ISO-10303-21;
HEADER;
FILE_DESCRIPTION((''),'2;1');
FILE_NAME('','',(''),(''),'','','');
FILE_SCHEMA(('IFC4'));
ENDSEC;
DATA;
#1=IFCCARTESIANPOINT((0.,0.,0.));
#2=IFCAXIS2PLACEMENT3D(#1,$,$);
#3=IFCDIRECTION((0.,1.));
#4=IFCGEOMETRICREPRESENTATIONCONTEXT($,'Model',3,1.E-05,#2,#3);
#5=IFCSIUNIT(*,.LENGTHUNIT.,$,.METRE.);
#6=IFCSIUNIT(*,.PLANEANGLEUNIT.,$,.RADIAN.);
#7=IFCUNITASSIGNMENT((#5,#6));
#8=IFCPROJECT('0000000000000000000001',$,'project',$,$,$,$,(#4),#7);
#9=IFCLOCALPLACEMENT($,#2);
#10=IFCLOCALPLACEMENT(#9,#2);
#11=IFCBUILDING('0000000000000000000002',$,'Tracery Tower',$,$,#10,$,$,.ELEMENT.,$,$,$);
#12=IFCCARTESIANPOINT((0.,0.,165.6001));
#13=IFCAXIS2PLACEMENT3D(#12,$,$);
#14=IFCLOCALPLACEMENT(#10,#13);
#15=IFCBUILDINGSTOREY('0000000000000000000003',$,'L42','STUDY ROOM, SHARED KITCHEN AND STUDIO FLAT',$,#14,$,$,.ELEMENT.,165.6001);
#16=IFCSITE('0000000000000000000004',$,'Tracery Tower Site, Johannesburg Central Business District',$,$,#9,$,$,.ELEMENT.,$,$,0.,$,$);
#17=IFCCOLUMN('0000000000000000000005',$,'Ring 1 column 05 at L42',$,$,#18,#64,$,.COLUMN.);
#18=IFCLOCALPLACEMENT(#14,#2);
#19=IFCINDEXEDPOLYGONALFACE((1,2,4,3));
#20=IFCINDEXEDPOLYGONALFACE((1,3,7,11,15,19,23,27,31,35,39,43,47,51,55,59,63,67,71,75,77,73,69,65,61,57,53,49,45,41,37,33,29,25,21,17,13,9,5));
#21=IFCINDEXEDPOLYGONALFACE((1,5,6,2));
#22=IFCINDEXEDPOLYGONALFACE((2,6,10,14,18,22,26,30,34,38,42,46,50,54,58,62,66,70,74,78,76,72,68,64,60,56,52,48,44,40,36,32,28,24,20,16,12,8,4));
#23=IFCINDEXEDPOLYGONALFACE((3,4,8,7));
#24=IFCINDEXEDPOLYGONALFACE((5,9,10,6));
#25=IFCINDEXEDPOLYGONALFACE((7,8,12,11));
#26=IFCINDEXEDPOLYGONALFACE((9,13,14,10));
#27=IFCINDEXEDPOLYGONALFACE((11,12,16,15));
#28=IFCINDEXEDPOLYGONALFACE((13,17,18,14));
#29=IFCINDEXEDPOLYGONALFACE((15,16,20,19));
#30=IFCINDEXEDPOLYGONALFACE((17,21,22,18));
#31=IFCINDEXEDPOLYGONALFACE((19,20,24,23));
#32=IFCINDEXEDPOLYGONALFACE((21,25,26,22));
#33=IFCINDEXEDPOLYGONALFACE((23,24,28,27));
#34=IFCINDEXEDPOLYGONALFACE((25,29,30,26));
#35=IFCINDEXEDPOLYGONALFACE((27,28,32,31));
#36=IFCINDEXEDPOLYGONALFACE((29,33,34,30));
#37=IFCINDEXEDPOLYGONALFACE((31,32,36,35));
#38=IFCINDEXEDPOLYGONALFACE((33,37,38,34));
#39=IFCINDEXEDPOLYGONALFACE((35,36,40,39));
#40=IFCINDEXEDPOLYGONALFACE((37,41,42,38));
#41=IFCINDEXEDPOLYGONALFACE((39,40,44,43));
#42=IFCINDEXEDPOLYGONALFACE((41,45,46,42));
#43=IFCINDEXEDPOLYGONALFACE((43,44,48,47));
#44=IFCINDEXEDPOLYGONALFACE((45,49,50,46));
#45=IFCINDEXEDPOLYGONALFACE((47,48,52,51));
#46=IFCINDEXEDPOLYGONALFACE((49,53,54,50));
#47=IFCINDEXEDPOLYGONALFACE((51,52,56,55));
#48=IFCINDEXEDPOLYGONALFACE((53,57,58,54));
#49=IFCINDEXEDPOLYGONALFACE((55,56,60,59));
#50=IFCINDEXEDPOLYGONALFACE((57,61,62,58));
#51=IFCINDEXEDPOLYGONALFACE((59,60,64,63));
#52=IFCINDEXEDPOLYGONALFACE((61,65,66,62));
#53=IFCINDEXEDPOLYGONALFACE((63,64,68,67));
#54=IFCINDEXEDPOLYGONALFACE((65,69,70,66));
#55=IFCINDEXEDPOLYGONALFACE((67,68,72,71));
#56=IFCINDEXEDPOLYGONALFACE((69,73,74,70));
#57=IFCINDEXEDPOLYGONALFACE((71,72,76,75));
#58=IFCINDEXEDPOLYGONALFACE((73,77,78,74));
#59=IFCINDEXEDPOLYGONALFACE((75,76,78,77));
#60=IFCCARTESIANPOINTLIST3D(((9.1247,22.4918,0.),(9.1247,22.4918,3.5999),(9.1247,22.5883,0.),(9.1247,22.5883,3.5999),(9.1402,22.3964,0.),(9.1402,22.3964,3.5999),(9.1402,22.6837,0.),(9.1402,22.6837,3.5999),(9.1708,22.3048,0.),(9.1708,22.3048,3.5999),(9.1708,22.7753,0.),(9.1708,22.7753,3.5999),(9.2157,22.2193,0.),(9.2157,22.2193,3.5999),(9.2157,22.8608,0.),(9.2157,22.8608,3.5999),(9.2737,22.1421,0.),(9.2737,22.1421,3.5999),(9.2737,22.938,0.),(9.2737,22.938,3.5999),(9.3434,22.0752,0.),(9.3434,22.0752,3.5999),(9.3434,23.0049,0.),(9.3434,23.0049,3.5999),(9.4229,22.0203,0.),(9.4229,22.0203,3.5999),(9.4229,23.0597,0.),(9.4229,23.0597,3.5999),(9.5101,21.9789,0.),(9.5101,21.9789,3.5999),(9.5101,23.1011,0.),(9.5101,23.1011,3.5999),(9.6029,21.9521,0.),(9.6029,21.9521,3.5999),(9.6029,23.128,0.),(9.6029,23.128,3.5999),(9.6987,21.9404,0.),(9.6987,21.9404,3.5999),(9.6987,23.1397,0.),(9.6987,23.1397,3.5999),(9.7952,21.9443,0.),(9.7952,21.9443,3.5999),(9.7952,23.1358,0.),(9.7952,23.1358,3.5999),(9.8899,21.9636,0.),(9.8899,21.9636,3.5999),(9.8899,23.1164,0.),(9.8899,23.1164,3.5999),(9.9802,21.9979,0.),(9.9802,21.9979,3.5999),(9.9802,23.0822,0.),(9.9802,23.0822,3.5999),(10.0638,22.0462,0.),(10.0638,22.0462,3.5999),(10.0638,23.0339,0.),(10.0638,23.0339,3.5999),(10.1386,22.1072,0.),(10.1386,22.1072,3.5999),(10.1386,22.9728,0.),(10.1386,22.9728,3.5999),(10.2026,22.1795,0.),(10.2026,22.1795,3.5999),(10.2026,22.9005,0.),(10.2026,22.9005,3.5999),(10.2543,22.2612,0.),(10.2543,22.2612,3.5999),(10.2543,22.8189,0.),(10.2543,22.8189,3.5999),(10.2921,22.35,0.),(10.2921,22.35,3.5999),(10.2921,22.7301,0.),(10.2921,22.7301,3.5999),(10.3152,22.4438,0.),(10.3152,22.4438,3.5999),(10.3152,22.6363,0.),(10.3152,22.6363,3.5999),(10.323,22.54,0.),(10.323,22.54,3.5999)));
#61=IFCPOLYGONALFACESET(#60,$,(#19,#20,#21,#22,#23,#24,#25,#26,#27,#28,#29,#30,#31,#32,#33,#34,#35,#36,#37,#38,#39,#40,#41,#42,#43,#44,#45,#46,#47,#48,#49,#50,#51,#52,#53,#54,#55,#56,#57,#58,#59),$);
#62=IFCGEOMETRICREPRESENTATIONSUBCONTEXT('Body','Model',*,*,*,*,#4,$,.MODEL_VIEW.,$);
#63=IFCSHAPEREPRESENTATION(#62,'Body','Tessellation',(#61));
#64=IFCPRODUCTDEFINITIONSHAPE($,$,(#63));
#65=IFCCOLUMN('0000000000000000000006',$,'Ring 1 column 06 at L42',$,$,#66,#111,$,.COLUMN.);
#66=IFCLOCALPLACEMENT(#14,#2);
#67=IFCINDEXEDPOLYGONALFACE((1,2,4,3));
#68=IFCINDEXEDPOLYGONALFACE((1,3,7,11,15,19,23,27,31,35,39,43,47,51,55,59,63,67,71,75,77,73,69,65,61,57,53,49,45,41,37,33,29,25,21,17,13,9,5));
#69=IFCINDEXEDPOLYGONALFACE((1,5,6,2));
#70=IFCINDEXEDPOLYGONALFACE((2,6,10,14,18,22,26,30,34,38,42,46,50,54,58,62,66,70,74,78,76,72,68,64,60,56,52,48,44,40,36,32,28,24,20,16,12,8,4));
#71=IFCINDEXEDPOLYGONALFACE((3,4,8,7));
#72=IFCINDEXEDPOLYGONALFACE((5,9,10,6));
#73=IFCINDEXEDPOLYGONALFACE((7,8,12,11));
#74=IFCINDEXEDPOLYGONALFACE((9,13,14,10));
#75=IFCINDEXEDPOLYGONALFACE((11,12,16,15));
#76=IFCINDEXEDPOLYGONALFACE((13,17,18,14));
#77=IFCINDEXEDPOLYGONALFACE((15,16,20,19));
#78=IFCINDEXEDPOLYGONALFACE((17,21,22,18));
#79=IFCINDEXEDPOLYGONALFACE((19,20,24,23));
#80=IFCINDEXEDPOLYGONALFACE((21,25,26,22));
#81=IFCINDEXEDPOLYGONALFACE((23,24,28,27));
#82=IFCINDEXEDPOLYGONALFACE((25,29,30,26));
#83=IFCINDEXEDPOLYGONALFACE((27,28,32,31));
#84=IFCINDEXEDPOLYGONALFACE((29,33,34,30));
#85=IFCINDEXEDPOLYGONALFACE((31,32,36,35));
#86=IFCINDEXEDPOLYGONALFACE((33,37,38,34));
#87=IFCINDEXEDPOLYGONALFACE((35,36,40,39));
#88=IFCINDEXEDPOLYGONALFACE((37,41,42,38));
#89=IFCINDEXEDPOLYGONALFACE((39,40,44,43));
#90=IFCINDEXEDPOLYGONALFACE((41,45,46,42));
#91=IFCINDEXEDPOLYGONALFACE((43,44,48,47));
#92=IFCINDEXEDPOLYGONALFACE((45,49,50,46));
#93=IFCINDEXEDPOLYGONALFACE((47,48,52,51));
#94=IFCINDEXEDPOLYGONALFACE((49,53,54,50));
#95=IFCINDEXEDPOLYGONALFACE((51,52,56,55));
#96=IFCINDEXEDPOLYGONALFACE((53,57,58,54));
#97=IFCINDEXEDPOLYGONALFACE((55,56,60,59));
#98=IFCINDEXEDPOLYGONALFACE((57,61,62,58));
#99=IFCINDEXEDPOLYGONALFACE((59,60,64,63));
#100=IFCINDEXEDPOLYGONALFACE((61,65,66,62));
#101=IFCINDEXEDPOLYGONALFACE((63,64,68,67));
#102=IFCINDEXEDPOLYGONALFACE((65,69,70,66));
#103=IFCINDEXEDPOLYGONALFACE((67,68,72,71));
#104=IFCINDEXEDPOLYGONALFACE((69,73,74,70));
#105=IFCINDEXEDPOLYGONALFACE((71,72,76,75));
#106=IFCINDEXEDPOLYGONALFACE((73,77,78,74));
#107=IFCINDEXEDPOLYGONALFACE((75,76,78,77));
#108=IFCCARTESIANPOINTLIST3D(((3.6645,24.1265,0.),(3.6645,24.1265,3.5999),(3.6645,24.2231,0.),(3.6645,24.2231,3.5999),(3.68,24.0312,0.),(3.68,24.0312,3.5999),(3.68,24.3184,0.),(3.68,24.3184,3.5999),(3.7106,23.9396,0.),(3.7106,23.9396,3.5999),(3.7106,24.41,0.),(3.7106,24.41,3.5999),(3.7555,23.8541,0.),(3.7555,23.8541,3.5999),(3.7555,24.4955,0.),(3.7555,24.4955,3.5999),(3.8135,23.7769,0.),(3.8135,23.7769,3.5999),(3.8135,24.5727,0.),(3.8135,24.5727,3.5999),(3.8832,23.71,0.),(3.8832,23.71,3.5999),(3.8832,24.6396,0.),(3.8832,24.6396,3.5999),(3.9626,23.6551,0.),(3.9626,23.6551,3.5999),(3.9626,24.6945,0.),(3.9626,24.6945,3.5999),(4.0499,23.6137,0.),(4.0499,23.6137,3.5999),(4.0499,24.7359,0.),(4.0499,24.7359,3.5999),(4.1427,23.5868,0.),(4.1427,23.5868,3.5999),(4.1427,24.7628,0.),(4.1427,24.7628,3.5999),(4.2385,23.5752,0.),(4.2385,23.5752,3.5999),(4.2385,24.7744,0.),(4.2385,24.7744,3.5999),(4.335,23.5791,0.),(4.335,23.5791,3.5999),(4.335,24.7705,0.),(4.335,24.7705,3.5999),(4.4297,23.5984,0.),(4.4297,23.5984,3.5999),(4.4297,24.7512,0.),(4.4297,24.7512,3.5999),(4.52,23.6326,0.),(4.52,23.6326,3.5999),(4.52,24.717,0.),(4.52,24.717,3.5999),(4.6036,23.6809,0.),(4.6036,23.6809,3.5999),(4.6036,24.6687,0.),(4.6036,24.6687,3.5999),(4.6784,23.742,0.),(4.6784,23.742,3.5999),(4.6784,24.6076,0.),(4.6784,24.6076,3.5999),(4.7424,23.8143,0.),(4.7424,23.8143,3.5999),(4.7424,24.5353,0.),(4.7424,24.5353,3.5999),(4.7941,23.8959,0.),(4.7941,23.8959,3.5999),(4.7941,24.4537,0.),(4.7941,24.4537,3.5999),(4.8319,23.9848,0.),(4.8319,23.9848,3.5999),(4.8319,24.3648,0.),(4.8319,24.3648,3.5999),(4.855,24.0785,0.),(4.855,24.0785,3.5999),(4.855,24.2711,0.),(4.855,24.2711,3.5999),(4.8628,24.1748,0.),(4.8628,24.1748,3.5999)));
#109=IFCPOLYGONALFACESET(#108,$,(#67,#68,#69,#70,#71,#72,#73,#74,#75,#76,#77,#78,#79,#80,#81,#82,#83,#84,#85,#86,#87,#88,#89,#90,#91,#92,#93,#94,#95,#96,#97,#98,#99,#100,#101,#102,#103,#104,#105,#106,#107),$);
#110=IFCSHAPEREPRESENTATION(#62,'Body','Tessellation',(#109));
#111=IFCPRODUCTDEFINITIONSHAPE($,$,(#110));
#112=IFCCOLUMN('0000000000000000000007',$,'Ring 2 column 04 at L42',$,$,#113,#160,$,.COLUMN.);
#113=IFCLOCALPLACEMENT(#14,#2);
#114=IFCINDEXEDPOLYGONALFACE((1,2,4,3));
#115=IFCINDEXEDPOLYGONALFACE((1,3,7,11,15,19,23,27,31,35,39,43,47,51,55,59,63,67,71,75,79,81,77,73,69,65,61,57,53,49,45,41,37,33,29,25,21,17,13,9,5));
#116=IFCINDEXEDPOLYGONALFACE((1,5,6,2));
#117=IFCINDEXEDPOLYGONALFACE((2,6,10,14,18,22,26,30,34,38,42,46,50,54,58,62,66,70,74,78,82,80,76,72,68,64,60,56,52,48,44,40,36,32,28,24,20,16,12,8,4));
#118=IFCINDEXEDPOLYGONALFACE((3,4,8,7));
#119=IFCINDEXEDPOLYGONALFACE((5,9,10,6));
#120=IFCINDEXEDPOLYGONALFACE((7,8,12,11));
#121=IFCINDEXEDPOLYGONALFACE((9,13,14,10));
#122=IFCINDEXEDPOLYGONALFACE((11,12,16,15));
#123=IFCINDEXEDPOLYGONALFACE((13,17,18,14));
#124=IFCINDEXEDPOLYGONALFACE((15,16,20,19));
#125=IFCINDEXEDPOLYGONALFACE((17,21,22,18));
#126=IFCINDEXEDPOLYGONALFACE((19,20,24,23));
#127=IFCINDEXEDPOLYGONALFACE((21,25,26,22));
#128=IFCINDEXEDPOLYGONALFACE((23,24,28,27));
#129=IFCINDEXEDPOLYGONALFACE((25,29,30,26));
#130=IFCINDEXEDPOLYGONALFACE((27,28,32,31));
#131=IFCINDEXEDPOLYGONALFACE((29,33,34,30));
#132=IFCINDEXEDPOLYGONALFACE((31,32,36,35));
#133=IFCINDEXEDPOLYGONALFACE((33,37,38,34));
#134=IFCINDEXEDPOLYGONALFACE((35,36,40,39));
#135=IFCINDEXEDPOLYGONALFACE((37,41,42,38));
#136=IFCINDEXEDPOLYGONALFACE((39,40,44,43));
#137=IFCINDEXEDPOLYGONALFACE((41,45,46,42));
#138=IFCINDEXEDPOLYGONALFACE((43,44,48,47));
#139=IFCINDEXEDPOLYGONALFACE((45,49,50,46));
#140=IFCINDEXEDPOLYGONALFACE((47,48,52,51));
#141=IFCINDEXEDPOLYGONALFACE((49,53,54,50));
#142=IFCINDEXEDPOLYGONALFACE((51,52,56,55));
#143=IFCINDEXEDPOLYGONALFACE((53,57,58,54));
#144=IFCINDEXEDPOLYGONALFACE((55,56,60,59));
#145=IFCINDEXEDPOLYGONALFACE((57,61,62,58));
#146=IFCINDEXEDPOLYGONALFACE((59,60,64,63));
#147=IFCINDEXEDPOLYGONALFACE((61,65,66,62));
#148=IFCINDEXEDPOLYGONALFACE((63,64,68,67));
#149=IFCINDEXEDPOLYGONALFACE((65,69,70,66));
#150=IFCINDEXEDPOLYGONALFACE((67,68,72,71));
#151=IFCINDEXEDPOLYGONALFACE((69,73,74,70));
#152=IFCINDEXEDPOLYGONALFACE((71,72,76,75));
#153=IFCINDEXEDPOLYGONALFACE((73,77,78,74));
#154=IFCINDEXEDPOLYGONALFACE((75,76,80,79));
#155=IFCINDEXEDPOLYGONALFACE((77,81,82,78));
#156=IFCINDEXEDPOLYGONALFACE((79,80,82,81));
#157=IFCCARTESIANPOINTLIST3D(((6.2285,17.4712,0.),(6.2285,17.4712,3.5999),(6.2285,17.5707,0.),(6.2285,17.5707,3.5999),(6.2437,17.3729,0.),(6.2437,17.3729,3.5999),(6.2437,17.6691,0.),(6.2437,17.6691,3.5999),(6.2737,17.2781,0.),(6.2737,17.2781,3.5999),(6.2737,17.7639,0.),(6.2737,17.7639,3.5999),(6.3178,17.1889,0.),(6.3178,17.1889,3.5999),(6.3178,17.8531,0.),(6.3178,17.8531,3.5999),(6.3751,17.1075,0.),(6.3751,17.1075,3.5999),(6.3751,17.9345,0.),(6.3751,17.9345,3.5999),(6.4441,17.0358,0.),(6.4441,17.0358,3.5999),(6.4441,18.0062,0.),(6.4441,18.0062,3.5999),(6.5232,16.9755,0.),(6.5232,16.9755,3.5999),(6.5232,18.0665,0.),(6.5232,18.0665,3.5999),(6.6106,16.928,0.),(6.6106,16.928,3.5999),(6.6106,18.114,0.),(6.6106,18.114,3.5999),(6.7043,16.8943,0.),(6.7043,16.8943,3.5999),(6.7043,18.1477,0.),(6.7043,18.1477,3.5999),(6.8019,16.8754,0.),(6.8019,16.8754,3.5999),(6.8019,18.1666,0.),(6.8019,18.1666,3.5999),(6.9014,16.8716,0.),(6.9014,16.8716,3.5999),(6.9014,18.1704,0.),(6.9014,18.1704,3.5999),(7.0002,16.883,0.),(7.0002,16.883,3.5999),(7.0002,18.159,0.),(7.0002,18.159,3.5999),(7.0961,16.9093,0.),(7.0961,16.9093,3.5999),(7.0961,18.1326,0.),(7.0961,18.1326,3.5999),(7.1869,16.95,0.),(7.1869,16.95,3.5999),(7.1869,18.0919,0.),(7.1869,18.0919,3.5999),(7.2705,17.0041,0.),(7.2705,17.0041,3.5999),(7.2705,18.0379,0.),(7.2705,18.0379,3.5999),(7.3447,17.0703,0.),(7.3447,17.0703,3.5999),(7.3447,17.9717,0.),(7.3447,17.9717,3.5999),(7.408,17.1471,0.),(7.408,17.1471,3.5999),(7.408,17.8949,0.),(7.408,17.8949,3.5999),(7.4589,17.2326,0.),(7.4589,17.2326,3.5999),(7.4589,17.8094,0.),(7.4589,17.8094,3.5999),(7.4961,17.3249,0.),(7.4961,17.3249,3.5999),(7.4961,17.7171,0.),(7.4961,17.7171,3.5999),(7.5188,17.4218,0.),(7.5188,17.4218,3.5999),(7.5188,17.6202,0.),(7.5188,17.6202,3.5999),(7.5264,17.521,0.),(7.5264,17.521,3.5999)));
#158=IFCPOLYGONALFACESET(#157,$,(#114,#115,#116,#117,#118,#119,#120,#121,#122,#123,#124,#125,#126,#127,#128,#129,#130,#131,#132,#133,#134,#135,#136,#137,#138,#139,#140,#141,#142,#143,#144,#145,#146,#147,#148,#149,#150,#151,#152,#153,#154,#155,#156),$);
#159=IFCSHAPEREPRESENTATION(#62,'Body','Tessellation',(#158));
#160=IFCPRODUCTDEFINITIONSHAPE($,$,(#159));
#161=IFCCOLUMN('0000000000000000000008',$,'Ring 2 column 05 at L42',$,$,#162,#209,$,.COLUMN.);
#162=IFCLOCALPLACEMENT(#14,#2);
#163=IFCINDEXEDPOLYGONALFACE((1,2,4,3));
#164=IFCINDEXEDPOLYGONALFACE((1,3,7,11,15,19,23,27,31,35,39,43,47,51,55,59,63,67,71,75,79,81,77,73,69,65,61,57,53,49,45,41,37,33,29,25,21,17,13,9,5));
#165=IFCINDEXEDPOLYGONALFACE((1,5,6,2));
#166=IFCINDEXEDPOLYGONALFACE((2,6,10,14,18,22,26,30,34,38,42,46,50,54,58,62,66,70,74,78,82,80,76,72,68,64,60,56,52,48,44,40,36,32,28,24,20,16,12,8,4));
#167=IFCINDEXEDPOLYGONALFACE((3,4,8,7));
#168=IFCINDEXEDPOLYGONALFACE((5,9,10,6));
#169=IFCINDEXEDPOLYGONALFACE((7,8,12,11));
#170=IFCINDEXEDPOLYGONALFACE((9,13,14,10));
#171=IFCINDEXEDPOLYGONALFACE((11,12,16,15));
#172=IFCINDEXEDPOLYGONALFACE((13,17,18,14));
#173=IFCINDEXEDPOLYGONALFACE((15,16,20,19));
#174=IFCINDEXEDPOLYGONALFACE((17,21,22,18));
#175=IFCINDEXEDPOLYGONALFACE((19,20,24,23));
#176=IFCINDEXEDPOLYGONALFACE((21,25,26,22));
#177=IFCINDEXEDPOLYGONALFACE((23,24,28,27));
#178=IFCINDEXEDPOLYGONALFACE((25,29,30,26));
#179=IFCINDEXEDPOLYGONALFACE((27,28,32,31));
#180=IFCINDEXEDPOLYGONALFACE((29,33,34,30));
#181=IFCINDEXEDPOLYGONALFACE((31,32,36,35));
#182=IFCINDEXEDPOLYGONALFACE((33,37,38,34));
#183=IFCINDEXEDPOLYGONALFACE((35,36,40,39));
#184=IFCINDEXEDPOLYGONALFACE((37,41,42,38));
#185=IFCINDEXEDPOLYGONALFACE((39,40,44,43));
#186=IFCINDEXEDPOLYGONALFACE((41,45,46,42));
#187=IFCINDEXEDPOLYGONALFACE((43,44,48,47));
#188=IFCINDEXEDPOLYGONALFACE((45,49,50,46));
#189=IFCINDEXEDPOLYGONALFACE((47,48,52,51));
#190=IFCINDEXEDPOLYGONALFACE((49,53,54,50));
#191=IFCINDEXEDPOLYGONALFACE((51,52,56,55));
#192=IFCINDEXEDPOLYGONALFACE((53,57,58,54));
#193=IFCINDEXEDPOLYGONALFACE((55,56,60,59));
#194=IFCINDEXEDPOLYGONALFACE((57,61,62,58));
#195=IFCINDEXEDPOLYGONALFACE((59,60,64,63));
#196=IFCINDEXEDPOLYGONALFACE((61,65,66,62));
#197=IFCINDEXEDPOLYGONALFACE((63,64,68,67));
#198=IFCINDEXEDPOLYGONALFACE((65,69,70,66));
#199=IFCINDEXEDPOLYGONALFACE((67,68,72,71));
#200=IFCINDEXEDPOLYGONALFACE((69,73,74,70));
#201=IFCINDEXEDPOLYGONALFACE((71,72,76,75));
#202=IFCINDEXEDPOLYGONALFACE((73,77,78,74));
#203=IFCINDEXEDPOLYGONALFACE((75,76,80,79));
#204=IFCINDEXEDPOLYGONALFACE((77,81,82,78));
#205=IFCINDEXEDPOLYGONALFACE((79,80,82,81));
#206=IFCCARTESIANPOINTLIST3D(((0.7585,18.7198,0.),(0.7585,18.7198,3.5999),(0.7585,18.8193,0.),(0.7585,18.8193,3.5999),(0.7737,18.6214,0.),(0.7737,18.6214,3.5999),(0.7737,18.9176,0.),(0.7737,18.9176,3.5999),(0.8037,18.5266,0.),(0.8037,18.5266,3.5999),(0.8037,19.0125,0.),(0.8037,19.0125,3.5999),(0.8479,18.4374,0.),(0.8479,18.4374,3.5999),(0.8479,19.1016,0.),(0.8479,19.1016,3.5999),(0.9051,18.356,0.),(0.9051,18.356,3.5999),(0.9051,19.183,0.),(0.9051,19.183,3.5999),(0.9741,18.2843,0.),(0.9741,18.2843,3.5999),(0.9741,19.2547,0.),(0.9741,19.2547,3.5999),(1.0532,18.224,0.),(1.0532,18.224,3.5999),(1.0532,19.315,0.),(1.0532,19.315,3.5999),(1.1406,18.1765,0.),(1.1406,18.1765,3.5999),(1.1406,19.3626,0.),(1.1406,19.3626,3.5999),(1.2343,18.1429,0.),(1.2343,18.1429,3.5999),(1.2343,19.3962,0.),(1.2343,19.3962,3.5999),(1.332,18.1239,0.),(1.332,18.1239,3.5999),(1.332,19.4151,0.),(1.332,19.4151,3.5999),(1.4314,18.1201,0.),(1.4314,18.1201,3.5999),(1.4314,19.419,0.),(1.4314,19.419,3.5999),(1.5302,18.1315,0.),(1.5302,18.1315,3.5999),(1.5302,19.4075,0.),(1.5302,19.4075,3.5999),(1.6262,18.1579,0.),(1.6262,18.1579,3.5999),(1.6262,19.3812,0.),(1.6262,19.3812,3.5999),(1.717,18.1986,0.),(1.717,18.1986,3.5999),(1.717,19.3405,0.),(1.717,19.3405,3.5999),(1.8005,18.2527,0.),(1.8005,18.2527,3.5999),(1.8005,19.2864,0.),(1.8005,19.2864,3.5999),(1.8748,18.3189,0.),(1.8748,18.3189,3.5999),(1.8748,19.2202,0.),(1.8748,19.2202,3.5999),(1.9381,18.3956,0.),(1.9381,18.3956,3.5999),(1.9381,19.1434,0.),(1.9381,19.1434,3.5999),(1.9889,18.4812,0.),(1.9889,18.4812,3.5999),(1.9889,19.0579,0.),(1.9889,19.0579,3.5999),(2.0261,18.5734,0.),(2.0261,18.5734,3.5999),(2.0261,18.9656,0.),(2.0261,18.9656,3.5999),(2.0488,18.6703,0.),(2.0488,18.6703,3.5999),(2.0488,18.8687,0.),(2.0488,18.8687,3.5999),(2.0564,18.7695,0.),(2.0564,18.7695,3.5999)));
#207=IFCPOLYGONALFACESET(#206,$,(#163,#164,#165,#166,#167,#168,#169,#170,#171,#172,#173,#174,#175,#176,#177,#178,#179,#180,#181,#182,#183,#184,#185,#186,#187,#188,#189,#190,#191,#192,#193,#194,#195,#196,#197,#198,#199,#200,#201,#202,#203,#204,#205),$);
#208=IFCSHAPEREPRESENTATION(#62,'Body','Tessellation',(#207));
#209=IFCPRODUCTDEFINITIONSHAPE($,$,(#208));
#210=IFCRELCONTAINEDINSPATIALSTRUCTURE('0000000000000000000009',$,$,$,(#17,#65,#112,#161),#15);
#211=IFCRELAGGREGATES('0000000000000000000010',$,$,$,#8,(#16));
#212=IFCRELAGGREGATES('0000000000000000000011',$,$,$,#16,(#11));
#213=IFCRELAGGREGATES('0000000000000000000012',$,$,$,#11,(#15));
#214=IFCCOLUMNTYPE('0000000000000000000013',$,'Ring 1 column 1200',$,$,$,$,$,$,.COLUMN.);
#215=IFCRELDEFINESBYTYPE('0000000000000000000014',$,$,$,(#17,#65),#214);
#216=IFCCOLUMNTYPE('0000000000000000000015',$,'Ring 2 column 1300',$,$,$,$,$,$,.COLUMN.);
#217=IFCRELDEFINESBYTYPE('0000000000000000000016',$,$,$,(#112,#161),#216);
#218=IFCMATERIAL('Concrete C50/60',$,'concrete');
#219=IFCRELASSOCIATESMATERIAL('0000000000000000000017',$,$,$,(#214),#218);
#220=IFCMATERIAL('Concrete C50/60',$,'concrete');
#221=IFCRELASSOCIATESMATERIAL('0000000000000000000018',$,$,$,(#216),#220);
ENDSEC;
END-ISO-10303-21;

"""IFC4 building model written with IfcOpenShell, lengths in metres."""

from ifc_helpers import new_model, si_unit, direction, frame, origin, origin_2d, place, context, subcontext, project, spatial, circle, extrude, material, material_profile, profile_set, type_object, element, save


model = new_model("IFC4")

# Units and contexts
model_context = context("Model", 3, precision=1e-05, world=origin(), true_north=direction((0.0, 1.0)))
body_context = subcontext(model_context, "Body", "Model", "MODEL_VIEW")
ifc_project = project(units=[si_unit("LENGTHUNIT", "METRE"), si_unit("PLANEANGLEUNIT", "RADIAN")], contexts=[model_context])

# Site, building, storey
site_placement = place(None, origin())
site = spatial("IfcSite", under=ifc_project, at=site_placement, Name="Tracery Tower Site, Johannesburg Central Business District", CompositionType="ELEMENT", RefElevation=0.0)
building_placement = place(site_placement, origin())
building = spatial("IfcBuilding", under=site, at=building_placement, Name="Tracery Tower", CompositionType="ELEMENT")
storey_placement = place(building_placement, frame((0.0, 0.0, 165.6001)))
storey = spatial("IfcBuildingStorey", under=building, at=storey_placement, Name="L42", Description="STUDY ROOM, SHARED KITCHEN AND STUDIO FLAT", CompositionType="ELEMENT", Elevation=165.6001)

# Columns
ifc_material_1 = material(Name="Concrete C50/60", Category="concrete")
ifc_material_profile_1 = material_profile(ifc_material_1, circle(Radius=0.6001, at=origin_2d()), Name="RC D1200")
ifc_profile_set_1 = profile_set([ifc_material_profile_1], Name="Concrete C50/60")
column_type_1 = type_object("IfcColumnType", Name="Ring 1 column 1200", PredefinedType="COLUMN", material=ifc_profile_set_1)
for number, where, z_axis, x_axis, name in (
    (1, (9.7229, 22.54, 0.0), (0.0, 0.0, 1.0), (1.0, 0.0, 0.0), "Ring 1 column 05 at L42"),
    (2, (4.2627, 24.1748, 0.0), (0.0, 0.0, 1.0), (1.0, 0.0, 0.0), "Ring 1 column 06 at L42"),
):
    element("IfcColumn", number, at=place(storey_placement, frame(where, z_axis=z_axis, x_axis=x_axis)), inside=storey, type_object=column_type_1, Name=name, PredefinedType="COLUMN", context=body_context, shape_type="SweptSolid", body=[
        extrude(circle(Radius=0.6001, at=origin_2d()), origin(), (0.0, 0.0, 1.0), 3.5999),
    ])
ifc_material_2 = material(Name="Concrete C50/60", Category="concrete")
ifc_material_profile_2 = material_profile(ifc_material_2, circle(Radius=0.6499, at=origin_2d()), Name="RC D1300")
ifc_profile_set_2 = profile_set([ifc_material_profile_2], Name="Concrete C50/60")
column_type_2 = type_object("IfcColumnType", Name="Ring 2 column 1300", PredefinedType="COLUMN", material=ifc_profile_set_2)
for number, where, z_axis, x_axis, name in (
    (3, (6.8765, 17.521, 0.0), (0.0, 0.0, 1.0), (1.0, 0.0, 0.0), "Ring 2 column 04 at L42"),
    (4, (1.4065, 18.7695, 0.0), (0.0, 0.0, 1.0), (1.0, 0.0, 0.0), "Ring 2 column 05 at L42"),
):
    element("IfcColumn", number, at=place(storey_placement, frame(where, z_axis=z_axis, x_axis=x_axis)), inside=storey, type_object=column_type_2, Name=name, PredefinedType="COLUMN", context=body_context, shape_type="SweptSolid", body=[
        extrude(circle(Radius=0.6499, at=origin_2d()), origin(), (0.0, 0.0, 1.0), 3.5999),
    ])

save(model, "model.ifc")
